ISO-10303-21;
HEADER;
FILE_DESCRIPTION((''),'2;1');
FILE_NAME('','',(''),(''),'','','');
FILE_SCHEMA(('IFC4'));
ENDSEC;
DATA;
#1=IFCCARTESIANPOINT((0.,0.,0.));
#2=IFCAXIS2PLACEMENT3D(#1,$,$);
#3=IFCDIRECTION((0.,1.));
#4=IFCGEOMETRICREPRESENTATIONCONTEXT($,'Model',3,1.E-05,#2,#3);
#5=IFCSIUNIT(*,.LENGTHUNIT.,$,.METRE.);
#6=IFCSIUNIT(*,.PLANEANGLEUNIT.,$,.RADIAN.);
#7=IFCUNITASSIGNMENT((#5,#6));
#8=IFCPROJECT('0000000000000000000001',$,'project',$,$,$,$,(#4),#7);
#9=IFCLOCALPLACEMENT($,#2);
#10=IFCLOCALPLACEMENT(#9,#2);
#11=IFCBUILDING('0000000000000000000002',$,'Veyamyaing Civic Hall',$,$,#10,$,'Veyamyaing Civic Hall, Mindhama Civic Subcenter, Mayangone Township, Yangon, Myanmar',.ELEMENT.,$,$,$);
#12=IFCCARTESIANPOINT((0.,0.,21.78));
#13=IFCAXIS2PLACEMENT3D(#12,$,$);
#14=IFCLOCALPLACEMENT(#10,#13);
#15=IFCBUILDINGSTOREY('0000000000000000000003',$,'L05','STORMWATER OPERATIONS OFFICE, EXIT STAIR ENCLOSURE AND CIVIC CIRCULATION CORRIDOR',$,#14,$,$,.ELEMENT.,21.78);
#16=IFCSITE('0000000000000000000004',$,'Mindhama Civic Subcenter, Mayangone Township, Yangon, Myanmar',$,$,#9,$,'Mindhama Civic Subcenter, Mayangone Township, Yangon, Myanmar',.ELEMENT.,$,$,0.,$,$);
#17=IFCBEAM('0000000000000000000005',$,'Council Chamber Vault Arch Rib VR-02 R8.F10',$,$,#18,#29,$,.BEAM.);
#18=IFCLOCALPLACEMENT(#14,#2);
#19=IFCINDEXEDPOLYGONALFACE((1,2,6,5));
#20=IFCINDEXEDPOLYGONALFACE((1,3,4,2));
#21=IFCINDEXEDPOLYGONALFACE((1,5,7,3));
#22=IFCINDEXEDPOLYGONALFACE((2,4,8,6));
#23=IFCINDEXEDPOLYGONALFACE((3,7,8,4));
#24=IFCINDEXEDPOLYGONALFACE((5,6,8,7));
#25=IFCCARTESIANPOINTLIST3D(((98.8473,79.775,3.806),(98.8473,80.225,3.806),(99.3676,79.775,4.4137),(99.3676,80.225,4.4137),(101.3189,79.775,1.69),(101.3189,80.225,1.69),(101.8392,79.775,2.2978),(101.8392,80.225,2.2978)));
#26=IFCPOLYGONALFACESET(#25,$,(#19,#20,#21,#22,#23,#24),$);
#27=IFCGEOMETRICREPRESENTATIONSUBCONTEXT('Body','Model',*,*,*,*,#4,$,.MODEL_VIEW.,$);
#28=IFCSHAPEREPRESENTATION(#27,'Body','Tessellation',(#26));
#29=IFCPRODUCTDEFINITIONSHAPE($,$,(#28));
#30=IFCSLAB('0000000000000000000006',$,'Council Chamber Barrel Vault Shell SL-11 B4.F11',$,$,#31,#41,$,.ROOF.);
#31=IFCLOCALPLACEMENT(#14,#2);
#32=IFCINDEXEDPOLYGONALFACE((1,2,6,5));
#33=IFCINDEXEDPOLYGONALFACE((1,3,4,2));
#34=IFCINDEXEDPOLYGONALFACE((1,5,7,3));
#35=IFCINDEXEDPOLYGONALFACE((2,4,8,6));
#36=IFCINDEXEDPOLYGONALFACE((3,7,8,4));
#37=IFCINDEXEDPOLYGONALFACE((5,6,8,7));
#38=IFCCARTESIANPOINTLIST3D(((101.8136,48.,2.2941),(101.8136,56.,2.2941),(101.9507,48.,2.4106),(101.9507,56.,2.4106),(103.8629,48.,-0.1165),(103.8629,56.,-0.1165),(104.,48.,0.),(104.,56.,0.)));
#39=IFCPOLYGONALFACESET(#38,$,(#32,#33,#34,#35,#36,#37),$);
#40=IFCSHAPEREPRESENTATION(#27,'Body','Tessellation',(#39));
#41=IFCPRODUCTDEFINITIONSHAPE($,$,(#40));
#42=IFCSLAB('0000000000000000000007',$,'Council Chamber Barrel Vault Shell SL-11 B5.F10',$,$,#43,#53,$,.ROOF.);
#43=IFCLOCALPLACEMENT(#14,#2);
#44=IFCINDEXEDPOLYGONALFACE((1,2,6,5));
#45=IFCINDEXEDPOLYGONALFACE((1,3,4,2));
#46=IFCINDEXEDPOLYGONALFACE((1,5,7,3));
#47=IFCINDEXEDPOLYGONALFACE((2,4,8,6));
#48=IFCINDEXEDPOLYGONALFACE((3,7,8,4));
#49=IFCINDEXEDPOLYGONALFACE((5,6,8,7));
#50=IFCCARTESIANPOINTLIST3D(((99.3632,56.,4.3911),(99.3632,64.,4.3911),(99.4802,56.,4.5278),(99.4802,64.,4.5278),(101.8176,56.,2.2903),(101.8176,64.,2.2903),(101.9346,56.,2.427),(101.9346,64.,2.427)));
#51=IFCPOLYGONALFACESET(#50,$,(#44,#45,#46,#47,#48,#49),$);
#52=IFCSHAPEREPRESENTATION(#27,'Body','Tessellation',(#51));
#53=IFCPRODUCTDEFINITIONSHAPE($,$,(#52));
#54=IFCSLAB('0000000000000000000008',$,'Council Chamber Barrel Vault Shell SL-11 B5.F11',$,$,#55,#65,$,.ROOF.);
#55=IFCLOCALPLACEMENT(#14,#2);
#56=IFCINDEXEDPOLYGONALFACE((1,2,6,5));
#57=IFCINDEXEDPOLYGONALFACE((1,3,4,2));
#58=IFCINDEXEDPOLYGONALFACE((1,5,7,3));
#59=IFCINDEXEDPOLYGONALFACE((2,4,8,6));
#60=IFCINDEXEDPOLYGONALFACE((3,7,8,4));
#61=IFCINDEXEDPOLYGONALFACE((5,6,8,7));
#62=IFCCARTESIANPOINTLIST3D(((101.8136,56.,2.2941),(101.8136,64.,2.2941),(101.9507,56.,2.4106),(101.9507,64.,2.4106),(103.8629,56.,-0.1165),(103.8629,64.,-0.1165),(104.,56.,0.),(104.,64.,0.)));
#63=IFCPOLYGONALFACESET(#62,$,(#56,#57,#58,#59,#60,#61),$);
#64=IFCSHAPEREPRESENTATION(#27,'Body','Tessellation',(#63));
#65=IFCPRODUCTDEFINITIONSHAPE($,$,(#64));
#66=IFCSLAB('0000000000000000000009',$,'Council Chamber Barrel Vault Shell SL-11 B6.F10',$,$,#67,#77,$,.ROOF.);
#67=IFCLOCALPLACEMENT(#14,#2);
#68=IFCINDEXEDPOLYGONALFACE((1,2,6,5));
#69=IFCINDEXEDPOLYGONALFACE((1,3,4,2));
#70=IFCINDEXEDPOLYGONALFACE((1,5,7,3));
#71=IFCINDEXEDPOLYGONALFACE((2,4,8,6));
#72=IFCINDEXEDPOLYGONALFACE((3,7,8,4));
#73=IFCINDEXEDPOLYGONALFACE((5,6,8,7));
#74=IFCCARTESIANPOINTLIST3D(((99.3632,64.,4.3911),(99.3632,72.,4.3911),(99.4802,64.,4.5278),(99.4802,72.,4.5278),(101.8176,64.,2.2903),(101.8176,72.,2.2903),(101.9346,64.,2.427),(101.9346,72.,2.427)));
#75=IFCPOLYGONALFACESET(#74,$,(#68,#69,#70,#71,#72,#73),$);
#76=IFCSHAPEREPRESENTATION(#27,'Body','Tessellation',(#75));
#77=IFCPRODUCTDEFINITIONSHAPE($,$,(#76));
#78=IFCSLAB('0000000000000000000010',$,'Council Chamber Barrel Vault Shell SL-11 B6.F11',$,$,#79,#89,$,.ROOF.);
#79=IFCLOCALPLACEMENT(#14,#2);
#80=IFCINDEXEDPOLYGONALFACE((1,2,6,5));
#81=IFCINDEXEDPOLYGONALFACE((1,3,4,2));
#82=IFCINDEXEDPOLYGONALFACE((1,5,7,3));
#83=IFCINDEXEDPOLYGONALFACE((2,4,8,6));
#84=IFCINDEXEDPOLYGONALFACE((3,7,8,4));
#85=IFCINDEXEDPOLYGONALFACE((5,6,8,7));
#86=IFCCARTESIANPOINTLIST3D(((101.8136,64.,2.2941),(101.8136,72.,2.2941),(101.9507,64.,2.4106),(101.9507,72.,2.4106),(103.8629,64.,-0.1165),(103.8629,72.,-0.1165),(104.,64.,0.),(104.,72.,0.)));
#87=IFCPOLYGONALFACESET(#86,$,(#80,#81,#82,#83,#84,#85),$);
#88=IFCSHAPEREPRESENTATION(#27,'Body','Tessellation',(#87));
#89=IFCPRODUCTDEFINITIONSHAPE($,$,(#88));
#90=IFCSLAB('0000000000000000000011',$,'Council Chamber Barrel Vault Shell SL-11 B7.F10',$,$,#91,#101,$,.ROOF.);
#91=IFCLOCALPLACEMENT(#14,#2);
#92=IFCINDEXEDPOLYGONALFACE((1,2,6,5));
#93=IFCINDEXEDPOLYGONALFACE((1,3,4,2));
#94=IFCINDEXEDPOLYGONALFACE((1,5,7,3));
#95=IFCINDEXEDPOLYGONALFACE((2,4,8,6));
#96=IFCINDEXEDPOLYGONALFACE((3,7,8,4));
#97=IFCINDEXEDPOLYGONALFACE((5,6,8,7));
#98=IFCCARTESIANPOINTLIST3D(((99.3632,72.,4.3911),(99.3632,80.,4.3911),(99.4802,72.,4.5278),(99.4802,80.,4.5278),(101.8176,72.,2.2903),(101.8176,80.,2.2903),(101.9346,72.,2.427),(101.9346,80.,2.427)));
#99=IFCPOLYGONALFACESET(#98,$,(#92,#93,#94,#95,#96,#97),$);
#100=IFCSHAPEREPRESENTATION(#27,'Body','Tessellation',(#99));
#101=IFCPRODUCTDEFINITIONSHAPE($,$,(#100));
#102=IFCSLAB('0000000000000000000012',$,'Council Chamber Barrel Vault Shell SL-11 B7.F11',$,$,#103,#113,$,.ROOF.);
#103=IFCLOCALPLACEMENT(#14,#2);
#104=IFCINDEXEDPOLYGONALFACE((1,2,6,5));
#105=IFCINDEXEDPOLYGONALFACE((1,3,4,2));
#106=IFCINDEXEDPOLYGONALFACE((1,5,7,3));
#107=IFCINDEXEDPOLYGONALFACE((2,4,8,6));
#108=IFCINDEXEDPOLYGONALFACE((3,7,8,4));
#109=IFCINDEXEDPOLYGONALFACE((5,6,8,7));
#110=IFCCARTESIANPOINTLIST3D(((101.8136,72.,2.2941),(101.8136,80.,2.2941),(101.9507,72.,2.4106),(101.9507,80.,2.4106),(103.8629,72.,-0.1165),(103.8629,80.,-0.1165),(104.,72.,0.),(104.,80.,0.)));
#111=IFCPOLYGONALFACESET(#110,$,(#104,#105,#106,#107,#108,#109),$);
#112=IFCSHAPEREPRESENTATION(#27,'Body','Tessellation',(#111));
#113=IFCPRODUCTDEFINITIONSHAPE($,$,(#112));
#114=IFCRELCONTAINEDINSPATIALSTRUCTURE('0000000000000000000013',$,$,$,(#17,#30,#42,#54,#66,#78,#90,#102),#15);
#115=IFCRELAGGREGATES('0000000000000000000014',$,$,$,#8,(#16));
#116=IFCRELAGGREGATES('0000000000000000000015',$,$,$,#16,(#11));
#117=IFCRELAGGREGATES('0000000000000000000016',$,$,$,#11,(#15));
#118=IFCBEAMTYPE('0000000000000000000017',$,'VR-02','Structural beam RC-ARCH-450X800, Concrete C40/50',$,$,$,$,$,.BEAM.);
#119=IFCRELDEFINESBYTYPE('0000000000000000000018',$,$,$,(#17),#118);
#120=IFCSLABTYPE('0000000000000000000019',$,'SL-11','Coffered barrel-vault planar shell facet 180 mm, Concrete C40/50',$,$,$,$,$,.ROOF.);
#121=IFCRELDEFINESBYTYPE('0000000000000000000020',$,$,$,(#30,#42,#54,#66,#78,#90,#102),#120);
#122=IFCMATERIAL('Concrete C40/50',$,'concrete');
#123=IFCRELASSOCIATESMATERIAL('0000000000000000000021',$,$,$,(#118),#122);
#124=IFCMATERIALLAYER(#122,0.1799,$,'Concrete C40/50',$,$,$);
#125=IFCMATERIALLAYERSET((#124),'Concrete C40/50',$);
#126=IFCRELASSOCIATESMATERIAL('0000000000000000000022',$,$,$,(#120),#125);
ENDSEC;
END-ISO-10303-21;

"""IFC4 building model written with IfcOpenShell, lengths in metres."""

from ifc_helpers import new_model, si_unit, direction, frame, origin, origin_2d, place, context, subcontext, project, spatial, polyline, rectangle, outline, extrude, material, layer, layer_set, material_profile, profile_set, type_object, element, save


model = new_model("IFC4")

# Units and contexts
model_context = context("Model", 3, precision=1e-05, world=origin(), true_north=direction((0.0, 1.0)))
body_context = subcontext(model_context, "Body", "Model", "MODEL_VIEW")
ifc_project = project(units=[si_unit("LENGTHUNIT", "METRE"), si_unit("PLANEANGLEUNIT", "RADIAN")], contexts=[model_context])

# Site, building, storey
site_placement = place(None, origin())
site = spatial("IfcSite", under=ifc_project, at=site_placement, Name="Mindhama Civic Subcenter, Mayangone Township, Yangon, Myanmar", LongName="Mindhama Civic Subcenter, Mayangone Township, Yangon, Myanmar", CompositionType="ELEMENT", RefElevation=0.0)
building_placement = place(site_placement, origin())
building = spatial("IfcBuilding", under=site, at=building_placement, Name="Veyamyaing Civic Hall", LongName="Veyamyaing Civic Hall, Mindhama Civic Subcenter, Mayangone Township, Yangon, Myanmar", CompositionType="ELEMENT")
storey_placement = place(building_placement, frame((0.0, 0.0, 21.78)))
storey = spatial("IfcBuildingStorey", under=building, at=storey_placement, Name="L05", Description="STORMWATER OPERATIONS OFFICE, EXIT STAIR ENCLOSURE AND CIVIC CIRCULATION CORRIDOR", CompositionType="ELEMENT", Elevation=21.78)

# Beam
ifc_material_1 = material(Name="Concrete C40/50", Category="concrete")
ifc_material_profile_1 = material_profile(ifc_material_1, rectangle(XDim=0.45, YDim=0.8, at=origin_2d()), Name="RC-ARCH-450X800")
ifc_profile_set_1 = profile_set([ifc_material_profile_1], Name="Concrete C40/50")
beam_type_1 = type_object("IfcBeamType", Name="VR-02", Description="Structural beam RC-ARCH-450X800, Concrete C40/50", PredefinedType="BEAM", material=ifc_profile_set_1)
beam_1_placement = place(storey_placement, frame((99.1074, 80.0, 4.1099), z_axis=(0.759654, 0.0, -0.650328), x_axis=(0.0, 1.0, 0.0)))
element("IfcBeam", 1, at=beam_1_placement, inside=storey, type_object=beam_type_1, Name="Council Chamber Vault Arch Rib VR-02 R8.F10", PredefinedType="BEAM", context=body_context, shape_type="SweptSolid", body=[
    extrude(rectangle(XDim=0.45, YDim=0.8, at=origin_2d()), origin(), (0.0, 0.0, 1.0), 3.2537),
])

# Slabs
ifc_layer = layer(ifc_material_1, 0.1799, Name="Concrete C40/50")
ifc_layer_set = layer_set([ifc_layer], Name="Concrete C40/50")
slab_type = type_object("IfcSlabType", Name="SL-11", Description="Coffered barrel-vault planar shell facet 180 mm, Concrete C40/50", PredefinedType="ROOF", material=ifc_layer_set)
slab_1_placement = place(storey_placement, frame((101.9507, 48.0, 2.4106), z_axis=(0.761897, 0.0, 0.647698), x_axis=(0.647698, 0.0, -0.761897)))
element("IfcSlab", 2, at=slab_1_placement, inside=storey, type_object=slab_type, Name="Council Chamber Barrel Vault Shell SL-11 B4.F11", PredefinedType="ROOF", context=body_context, shape_type="SweptSolid", body=[
    extrude(outline(polyline([(0.0, 0.0), (3.164, 0.0), (3.164, 8.0), (0.0, 8.0), (0.0, 0.0)])), origin(), (0.0, 0.0, -1.0), 0.1799),
])
slab_2_placement = place(storey_placement, frame((99.4802, 56.0, 4.5278), z_axis=(0.650275, 0.0, 0.759699), x_axis=(0.759699, 0.0, -0.650275)))
element("IfcSlab", 3, at=slab_2_placement, inside=storey, type_object=slab_type, Name="Council Chamber Barrel Vault Shell SL-11 B5.F10", PredefinedType="ROOF", context=body_context, shape_type="SweptSolid", body=[
    extrude(outline(polyline([(0.0, 0.0), (3.2307, 0.0), (3.2307, 8.0), (0.0, 8.0), (0.0, 0.0)])), origin(), (0.0, 0.0, -1.0), 0.1799),
])
slab_3_placement = place(storey_placement, frame((101.9507, 56.0, 2.4106), z_axis=(0.761897, 0.0, 0.647698), x_axis=(0.647698, 0.0, -0.761897)))
element("IfcSlab", 4, at=slab_3_placement, inside=storey, type_object=slab_type, Name="Council Chamber Barrel Vault Shell SL-11 B5.F11", PredefinedType="ROOF", context=body_context, shape_type="SweptSolid", body=[
    extrude(outline(polyline([(0.0, 0.0), (3.164, 0.0), (3.164, 8.0), (0.0, 8.0), (0.0, 0.0)])), origin(), (0.0, 0.0, -1.0), 0.1799),
])
slab_4_placement = place(storey_placement, frame((99.4802, 64.0, 4.5278), z_axis=(0.650275, 0.0, 0.759699), x_axis=(0.759699, 0.0, -0.650275)))
element("IfcSlab", 5, at=slab_4_placement, inside=storey, type_object=slab_type, Name="Council Chamber Barrel Vault Shell SL-11 B6.F10", PredefinedType="ROOF", context=body_context, shape_type="SweptSolid", body=[
    extrude(outline(polyline([(0.0, 0.0), (3.2307, 0.0), (3.2307, 8.0), (0.0, 8.0), (0.0, 0.0)])), origin(), (0.0, 0.0, -1.0), 0.1799),
])
slab_5_placement = place(storey_placement, frame((101.9507, 64.0, 2.4106), z_axis=(0.761897, 0.0, 0.647698), x_axis=(0.647698, 0.0, -0.761897)))
element("IfcSlab", 6, at=slab_5_placement, inside=storey, type_object=slab_type, Name="Council Chamber Barrel Vault Shell SL-11 B6.F11", PredefinedType="ROOF", context=body_context, shape_type="SweptSolid", body=[
    extrude(outline(polyline([(0.0, 0.0), (3.164, 0.0), (3.164, 8.0), (0.0, 8.0), (0.0, 0.0)])), origin(), (0.0, 0.0, -1.0), 0.1799),
])
slab_6_placement = place(storey_placement, frame((99.4802, 72.0, 4.5278), z_axis=(0.650275, 0.0, 0.759699), x_axis=(0.759699, 0.0, -0.650275)))
element("IfcSlab", 7, at=slab_6_placement, inside=storey, type_object=slab_type, Name="Council Chamber Barrel Vault Shell SL-11 B7.F10", PredefinedType="ROOF", context=body_context, shape_type="SweptSolid", body=[
    extrude(outline(polyline([(0.0, 0.0), (3.2307, 0.0), (3.2307, 8.0), (0.0, 8.0), (0.0, 0.0)])), origin(), (0.0, 0.0, -1.0), 0.1799),
])
slab_7_placement = place(storey_placement, frame((101.9507, 72.0, 2.4106), z_axis=(0.761897, 0.0, 0.647698), x_axis=(0.647698, 0.0, -0.761897)))
element("IfcSlab", 8, at=slab_7_placement, inside=storey, type_object=slab_type, Name="Council Chamber Barrel Vault Shell SL-11 B7.F11", PredefinedType="ROOF", context=body_context, shape_type="SweptSolid", body=[
    extrude(outline(polyline([(0.0, 0.0), (3.164, 0.0), (3.164, 8.0), (0.0, 8.0), (0.0, 0.0)])), origin(), (0.0, 0.0, -1.0), 0.1799),
])

save(model, "model.ifc")
